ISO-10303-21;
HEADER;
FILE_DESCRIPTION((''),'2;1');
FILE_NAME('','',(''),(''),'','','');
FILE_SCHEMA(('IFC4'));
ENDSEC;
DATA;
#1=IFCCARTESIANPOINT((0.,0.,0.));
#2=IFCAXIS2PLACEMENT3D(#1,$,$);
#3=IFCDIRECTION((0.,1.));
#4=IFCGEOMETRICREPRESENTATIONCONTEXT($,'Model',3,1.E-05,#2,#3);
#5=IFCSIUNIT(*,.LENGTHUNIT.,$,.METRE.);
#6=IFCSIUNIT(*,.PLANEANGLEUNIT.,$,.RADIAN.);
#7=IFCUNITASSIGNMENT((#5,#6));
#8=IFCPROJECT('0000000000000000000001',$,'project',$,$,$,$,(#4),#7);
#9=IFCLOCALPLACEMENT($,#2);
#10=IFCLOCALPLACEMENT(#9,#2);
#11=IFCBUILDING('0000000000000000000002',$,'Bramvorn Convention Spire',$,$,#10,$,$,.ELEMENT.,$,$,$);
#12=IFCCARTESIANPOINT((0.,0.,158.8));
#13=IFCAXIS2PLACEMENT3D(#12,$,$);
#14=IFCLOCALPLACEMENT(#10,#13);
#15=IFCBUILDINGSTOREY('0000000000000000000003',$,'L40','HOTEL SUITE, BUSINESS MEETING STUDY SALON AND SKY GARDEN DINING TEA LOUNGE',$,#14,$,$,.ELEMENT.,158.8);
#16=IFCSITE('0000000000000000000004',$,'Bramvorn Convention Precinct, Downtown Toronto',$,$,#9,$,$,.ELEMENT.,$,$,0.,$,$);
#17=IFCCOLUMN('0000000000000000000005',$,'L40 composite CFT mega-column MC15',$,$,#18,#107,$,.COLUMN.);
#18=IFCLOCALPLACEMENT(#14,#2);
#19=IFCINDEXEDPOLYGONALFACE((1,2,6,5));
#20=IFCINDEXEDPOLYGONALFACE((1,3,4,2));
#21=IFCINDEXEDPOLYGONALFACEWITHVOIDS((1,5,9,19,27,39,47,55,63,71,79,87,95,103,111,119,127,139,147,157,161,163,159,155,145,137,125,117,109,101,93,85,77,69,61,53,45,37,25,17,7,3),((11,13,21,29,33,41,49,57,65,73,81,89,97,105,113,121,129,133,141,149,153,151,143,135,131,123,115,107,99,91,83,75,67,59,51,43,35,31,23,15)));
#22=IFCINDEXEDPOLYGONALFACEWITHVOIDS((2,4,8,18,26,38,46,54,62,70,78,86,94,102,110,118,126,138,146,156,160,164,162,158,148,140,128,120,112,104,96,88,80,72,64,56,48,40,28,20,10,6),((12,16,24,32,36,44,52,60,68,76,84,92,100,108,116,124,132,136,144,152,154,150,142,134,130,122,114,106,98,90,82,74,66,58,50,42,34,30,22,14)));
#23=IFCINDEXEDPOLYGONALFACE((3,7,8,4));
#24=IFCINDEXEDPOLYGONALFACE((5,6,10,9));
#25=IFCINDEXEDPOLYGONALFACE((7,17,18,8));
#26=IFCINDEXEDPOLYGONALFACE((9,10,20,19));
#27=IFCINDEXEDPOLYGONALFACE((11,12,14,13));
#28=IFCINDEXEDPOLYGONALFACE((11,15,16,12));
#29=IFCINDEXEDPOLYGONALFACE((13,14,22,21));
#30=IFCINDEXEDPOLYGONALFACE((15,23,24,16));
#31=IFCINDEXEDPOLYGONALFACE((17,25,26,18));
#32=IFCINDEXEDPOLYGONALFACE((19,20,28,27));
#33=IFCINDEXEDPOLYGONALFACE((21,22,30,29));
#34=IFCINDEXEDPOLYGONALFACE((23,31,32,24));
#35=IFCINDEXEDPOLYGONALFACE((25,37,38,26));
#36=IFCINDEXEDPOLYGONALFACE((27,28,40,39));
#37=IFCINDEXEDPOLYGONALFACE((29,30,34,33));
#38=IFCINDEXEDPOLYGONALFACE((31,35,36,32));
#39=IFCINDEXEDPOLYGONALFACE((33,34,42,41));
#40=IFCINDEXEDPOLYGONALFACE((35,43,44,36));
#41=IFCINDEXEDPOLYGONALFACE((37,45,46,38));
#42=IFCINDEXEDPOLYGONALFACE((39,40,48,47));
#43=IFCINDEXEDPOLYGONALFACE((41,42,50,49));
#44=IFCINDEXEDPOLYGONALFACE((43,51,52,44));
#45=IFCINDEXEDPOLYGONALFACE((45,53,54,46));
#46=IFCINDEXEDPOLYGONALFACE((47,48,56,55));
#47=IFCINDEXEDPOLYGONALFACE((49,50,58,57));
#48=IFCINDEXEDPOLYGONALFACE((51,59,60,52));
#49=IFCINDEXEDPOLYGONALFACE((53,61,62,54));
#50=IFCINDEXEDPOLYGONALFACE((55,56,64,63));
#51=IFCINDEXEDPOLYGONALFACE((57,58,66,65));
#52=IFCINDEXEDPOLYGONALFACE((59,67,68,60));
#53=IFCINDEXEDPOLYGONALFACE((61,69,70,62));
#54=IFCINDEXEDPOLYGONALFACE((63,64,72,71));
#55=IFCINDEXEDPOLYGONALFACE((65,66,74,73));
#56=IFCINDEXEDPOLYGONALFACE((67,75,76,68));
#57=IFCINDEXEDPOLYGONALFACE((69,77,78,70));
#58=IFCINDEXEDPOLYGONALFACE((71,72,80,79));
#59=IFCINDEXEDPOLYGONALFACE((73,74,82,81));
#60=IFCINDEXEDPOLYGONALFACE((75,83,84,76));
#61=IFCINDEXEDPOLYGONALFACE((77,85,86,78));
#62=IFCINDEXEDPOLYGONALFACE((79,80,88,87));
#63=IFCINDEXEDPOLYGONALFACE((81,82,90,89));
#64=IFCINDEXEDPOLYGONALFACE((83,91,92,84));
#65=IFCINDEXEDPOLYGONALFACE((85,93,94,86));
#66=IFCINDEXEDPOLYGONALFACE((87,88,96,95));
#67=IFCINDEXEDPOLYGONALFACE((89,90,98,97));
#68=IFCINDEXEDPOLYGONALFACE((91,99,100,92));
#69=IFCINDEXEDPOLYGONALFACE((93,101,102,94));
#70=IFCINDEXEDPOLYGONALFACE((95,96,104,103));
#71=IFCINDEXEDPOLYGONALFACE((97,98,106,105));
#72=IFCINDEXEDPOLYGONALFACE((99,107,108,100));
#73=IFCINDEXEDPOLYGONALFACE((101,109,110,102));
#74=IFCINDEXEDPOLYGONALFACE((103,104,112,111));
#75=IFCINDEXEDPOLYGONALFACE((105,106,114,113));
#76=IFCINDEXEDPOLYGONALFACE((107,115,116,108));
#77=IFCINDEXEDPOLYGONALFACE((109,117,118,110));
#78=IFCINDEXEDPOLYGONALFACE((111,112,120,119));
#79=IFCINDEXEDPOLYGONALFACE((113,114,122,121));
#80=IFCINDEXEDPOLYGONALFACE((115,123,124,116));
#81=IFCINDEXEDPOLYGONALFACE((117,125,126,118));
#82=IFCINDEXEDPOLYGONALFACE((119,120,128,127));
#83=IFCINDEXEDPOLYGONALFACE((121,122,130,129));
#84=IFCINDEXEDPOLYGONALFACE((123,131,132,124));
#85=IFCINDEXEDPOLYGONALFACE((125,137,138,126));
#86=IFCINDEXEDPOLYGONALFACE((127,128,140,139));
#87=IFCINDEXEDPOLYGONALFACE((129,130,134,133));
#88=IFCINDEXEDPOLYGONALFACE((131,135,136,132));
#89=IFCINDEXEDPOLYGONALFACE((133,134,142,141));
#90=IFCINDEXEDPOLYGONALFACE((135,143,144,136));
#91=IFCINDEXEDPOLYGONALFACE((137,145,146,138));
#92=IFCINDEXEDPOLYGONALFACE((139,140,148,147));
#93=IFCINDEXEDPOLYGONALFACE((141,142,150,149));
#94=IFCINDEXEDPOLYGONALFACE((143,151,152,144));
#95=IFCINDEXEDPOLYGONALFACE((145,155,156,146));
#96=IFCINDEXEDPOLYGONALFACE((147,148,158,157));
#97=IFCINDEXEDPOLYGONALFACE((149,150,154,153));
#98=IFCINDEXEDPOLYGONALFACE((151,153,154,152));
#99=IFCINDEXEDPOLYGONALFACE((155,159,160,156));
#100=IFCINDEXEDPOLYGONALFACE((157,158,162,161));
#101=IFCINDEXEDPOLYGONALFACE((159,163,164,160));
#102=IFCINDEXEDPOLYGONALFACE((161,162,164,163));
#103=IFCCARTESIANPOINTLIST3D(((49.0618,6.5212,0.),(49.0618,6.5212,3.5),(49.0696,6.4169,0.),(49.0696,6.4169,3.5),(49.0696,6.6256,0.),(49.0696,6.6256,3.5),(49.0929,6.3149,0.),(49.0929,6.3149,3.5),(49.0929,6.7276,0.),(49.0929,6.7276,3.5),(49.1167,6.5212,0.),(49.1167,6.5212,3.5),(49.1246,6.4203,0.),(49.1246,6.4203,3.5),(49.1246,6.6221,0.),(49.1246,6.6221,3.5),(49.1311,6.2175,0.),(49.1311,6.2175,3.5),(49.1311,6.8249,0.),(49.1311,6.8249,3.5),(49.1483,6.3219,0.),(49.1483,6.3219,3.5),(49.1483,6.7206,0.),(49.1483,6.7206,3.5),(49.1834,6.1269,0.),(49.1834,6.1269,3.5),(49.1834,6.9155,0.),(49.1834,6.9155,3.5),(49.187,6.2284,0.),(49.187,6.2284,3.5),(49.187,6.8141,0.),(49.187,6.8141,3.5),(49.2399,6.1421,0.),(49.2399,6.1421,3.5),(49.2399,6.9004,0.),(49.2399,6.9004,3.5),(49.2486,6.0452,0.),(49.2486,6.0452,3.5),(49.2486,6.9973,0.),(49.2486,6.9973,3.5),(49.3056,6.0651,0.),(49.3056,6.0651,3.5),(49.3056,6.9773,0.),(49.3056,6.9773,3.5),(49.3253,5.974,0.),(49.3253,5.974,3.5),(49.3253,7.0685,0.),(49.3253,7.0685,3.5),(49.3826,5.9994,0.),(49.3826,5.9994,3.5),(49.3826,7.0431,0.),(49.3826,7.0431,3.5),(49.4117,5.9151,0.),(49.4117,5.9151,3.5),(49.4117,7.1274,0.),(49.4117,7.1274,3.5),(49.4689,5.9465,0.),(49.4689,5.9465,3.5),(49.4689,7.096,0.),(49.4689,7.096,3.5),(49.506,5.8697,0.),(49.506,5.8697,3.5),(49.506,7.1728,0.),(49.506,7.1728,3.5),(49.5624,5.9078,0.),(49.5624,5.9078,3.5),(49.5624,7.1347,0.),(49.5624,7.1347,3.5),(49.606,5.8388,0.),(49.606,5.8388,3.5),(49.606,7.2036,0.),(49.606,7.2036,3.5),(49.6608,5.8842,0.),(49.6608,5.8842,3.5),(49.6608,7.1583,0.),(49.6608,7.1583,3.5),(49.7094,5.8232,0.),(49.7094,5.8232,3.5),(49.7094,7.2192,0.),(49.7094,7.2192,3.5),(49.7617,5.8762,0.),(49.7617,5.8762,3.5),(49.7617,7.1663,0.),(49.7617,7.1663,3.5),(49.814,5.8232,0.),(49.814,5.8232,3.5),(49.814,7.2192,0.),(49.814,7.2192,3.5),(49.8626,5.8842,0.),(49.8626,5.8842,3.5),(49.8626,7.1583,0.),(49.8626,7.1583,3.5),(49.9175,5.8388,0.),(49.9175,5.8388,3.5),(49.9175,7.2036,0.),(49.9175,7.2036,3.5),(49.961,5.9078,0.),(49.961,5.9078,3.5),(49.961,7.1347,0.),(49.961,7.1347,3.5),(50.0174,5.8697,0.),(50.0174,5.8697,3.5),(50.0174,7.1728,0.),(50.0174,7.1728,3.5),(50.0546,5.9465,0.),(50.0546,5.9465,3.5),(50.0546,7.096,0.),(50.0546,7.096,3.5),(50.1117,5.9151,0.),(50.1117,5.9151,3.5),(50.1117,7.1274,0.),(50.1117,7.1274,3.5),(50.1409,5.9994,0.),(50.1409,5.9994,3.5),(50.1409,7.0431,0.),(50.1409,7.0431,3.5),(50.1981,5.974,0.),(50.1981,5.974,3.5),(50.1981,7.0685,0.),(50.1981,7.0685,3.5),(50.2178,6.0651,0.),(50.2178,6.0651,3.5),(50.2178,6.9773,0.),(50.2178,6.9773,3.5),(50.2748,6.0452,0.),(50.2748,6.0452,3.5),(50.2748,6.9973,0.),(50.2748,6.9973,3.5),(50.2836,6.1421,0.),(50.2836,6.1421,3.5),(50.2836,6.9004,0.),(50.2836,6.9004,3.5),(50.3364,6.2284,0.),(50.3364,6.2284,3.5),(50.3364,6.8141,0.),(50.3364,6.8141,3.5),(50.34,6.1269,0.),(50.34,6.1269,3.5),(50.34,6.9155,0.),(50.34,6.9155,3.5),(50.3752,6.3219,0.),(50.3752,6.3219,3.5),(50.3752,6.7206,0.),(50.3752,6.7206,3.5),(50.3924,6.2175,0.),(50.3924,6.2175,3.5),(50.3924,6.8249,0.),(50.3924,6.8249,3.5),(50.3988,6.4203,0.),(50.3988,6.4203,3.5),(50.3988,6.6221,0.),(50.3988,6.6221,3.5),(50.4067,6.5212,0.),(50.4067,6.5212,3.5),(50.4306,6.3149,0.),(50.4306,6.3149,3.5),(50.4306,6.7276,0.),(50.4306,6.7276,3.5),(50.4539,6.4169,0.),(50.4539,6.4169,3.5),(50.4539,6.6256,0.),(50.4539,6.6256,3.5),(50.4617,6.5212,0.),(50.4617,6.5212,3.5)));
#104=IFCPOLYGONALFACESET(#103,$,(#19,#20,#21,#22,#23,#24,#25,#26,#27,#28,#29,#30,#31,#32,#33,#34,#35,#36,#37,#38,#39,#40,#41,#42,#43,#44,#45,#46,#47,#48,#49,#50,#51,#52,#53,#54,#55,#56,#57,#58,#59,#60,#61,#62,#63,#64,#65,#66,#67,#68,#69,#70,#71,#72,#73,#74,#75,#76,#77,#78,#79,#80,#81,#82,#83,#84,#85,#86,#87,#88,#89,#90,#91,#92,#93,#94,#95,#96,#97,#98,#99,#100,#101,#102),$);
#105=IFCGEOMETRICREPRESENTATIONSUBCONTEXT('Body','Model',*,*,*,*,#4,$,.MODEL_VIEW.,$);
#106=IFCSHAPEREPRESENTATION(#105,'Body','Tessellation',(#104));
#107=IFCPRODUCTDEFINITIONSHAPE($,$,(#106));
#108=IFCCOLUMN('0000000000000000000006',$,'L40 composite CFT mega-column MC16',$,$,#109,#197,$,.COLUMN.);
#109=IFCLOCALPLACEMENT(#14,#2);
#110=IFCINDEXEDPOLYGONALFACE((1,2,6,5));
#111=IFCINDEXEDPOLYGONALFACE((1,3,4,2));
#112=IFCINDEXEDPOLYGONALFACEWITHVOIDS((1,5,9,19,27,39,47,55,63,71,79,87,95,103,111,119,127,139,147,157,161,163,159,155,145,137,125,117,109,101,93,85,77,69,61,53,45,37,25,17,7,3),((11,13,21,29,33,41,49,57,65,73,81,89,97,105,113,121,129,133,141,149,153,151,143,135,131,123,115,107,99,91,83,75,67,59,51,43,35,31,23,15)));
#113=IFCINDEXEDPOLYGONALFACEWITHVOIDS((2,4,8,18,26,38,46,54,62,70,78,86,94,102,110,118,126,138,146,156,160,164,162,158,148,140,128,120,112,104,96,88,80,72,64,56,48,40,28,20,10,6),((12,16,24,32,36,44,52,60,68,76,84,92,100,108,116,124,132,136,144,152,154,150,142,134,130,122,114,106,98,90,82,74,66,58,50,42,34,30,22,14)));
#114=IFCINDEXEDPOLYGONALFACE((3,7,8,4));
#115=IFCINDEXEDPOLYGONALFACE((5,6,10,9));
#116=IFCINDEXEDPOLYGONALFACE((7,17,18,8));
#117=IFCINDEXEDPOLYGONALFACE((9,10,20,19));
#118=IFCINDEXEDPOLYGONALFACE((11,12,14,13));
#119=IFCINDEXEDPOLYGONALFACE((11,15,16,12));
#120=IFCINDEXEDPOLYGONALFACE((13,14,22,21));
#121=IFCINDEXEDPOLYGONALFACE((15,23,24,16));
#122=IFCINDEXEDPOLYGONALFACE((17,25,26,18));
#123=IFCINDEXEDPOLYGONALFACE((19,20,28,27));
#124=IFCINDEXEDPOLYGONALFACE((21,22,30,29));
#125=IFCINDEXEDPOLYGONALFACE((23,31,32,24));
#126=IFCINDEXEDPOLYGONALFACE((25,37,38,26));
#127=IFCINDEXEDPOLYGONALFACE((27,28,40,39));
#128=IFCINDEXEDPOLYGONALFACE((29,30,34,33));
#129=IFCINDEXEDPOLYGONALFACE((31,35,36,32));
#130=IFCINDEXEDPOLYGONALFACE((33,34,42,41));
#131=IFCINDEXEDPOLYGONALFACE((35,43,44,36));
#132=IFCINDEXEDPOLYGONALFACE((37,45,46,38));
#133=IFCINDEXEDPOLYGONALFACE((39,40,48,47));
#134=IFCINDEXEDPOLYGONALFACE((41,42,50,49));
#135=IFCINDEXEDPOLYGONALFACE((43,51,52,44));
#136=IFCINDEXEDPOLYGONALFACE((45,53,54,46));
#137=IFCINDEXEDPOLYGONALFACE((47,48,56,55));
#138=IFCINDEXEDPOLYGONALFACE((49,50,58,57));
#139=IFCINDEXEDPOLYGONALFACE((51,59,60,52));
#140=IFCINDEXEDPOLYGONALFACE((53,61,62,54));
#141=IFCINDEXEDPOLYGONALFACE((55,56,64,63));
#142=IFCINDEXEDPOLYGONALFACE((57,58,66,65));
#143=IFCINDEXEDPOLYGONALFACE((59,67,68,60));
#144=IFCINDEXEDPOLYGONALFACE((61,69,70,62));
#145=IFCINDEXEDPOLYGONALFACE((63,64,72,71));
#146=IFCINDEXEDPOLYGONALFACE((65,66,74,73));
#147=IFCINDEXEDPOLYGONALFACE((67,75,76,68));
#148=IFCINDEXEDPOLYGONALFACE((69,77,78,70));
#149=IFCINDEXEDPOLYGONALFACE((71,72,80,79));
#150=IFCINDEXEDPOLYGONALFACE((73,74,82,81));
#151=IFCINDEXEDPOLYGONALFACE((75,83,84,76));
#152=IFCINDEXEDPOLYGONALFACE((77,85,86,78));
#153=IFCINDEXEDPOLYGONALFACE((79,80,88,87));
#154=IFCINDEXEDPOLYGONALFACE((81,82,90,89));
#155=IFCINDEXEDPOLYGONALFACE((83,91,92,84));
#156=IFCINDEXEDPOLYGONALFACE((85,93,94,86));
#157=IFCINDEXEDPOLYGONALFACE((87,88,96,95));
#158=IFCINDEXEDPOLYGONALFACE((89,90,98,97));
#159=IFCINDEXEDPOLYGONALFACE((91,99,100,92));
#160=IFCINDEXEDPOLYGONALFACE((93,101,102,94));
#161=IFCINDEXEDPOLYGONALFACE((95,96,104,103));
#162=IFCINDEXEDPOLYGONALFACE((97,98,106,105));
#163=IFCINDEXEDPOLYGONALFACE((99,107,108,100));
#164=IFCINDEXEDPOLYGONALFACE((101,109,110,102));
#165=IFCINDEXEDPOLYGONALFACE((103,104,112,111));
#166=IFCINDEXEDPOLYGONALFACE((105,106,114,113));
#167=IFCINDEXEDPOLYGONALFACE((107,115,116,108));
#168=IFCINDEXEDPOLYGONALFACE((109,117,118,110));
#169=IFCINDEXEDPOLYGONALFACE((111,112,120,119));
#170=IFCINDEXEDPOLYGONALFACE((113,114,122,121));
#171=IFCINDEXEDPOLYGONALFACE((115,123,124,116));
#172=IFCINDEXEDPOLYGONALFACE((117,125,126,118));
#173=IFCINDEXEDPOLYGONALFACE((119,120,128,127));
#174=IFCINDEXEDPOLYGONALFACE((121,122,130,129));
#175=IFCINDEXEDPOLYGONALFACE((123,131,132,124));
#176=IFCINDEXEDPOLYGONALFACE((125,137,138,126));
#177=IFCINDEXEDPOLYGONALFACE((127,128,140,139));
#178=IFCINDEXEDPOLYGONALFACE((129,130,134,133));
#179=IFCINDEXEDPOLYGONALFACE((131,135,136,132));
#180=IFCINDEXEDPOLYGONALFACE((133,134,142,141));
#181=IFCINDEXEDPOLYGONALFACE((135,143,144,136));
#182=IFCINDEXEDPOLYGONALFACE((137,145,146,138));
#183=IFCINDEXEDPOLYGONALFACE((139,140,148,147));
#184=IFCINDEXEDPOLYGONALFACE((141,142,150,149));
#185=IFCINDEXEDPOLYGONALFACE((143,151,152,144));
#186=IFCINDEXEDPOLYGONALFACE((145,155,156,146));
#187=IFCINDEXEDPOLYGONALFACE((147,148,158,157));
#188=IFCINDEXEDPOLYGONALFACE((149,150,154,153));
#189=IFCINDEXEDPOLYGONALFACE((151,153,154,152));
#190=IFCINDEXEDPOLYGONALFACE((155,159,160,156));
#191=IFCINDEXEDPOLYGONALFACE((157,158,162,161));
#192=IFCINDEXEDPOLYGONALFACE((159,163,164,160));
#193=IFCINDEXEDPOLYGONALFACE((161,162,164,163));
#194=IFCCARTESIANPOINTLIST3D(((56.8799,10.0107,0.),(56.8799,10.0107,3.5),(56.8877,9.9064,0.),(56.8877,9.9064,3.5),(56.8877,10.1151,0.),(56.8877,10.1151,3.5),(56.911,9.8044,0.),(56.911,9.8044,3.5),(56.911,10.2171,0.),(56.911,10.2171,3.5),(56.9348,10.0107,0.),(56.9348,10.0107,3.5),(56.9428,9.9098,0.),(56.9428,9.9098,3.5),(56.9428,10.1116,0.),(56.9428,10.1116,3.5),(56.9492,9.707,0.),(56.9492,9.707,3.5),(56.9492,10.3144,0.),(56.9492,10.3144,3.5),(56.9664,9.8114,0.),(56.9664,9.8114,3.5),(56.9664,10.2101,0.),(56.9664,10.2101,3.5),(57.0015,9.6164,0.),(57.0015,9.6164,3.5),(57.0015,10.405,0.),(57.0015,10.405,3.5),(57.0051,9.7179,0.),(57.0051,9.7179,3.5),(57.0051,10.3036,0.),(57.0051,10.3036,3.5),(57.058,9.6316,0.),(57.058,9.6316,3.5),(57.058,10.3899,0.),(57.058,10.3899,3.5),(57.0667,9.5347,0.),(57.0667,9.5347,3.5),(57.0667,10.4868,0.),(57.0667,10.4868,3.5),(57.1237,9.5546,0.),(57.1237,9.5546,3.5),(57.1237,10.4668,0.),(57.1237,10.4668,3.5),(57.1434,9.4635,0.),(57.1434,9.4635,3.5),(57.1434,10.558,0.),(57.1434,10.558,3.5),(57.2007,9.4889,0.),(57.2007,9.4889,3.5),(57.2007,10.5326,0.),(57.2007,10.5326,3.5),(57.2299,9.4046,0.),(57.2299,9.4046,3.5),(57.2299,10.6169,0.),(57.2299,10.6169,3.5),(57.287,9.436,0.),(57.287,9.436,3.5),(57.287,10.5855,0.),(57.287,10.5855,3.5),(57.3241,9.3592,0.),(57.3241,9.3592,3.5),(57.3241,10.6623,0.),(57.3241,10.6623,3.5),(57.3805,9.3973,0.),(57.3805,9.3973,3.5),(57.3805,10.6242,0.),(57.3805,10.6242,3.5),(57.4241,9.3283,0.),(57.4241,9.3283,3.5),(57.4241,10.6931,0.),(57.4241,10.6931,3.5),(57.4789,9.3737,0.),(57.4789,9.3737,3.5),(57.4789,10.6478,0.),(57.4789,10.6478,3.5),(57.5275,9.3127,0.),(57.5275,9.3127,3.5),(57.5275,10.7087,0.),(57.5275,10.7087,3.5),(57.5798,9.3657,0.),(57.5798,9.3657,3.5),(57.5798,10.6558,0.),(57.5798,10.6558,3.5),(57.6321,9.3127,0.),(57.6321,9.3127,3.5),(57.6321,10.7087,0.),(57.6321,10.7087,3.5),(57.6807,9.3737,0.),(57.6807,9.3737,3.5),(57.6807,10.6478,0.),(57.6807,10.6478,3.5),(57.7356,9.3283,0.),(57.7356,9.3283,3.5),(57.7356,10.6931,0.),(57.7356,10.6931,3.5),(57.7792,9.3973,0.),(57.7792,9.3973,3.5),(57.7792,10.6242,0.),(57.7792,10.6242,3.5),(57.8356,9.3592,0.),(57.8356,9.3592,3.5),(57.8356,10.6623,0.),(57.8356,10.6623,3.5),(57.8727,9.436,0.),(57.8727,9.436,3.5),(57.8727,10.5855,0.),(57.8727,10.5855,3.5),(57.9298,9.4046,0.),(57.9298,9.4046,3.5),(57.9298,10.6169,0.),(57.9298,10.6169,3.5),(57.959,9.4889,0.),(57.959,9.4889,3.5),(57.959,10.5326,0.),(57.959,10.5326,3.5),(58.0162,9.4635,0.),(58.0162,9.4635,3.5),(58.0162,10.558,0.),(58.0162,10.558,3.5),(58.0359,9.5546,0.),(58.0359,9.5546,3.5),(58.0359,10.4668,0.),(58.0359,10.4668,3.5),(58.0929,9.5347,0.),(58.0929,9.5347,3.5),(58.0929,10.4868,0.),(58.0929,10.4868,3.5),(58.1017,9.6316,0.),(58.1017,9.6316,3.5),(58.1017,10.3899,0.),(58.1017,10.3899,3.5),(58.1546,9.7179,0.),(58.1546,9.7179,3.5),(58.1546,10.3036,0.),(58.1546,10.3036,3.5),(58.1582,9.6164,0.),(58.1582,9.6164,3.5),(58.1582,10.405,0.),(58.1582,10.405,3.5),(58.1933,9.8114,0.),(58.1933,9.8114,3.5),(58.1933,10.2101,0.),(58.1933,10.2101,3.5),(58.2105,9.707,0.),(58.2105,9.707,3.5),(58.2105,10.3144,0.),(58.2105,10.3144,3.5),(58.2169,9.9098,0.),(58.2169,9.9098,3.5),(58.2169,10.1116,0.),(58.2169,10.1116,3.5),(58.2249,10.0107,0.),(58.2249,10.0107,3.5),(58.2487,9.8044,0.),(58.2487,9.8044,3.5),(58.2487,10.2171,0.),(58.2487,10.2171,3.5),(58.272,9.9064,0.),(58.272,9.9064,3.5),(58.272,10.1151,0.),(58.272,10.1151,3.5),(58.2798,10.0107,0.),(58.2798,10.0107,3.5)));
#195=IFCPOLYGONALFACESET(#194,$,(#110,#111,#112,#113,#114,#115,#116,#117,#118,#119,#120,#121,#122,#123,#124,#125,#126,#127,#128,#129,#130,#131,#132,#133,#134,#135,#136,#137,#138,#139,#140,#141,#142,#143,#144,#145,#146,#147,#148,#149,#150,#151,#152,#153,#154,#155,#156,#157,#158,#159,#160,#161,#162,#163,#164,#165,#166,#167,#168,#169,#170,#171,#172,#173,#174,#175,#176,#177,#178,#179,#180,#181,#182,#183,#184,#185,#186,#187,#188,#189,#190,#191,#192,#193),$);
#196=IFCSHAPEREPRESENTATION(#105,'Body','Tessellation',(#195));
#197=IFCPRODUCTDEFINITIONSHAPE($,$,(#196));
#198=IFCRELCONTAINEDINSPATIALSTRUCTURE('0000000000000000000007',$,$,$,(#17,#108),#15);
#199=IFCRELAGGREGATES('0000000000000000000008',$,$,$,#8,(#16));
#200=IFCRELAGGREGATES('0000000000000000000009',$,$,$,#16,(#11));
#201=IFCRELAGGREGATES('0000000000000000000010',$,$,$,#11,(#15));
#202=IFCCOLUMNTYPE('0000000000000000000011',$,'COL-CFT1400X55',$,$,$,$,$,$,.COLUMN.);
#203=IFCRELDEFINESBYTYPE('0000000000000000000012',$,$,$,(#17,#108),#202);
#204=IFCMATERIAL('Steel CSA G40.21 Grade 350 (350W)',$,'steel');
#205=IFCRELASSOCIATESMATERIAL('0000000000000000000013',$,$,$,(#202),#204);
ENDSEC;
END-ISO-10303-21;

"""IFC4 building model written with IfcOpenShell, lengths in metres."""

from ifc_helpers import new_model, si_unit, direction, frame, origin, origin_2d, place, context, subcontext, project, spatial, hollow_circle, extrude, material, material_profile, profile_set, type_object, element, save


model = new_model("IFC4")

# Units and contexts
model_context = context("Model", 3, precision=1e-05, world=origin(), true_north=direction((0.0, 1.0)))
body_context = subcontext(model_context, "Body", "Model", "MODEL_VIEW")
ifc_project = project(units=[si_unit("LENGTHUNIT", "METRE"), si_unit("PLANEANGLEUNIT", "RADIAN")], contexts=[model_context])

# Site, building, storey
site_placement = place(None, origin())
site = spatial("IfcSite", under=ifc_project, at=site_placement, Name="Bramvorn Convention Precinct, Downtown Toronto", CompositionType="ELEMENT", RefElevation=0.0)
building_placement = place(site_placement, origin())
building = spatial("IfcBuilding", under=site, at=building_placement, Name="Bramvorn Convention Spire", CompositionType="ELEMENT")
storey_placement = place(building_placement, frame((0.0, 0.0, 158.8)))
storey = spatial("IfcBuildingStorey", under=building, at=storey_placement, Name="L40", Description="HOTEL SUITE, BUSINESS MEETING STUDY SALON AND SKY GARDEN DINING TEA LOUNGE", CompositionType="ELEMENT", Elevation=158.8)

# Columns
ifc_material_1 = material(Name="Steel CSA G40.21 Grade 350 (350W)", Category="steel")
ifc_material_profile_1 = material_profile(ifc_material_1, hollow_circle(Radius=0.7, WallThickness=0.0549, at=origin_2d()))
ifc_profile_set_1 = profile_set([ifc_material_profile_1], Name="Steel CSA G40.21 Grade 350 (350W) - CFT1400X55")
column_type = type_object("IfcColumnType", Name="COL-CFT1400X55", PredefinedType="COLUMN", material=ifc_profile_set_1)
for number, where, z_axis, x_axis, name in (
    (1, (49.7617, 6.5212, 0.0), (0.0, 0.0, 1.0), (1.0, 0.0, 0.0), "L40 composite CFT mega-column MC15"),
    (2, (57.5798, 10.0107, 0.0), (0.0, 0.0, 1.0), (1.0, 0.0, 0.0), "L40 composite CFT mega-column MC16"),
):
    element("IfcColumn", number, at=place(storey_placement, frame(where, z_axis=z_axis, x_axis=x_axis)), inside=storey, type_object=column_type, Name=name, PredefinedType="COLUMN", context=body_context, shape_type="SweptSolid", body=[
        extrude(hollow_circle(Radius=0.7, WallThickness=0.0549, at=origin_2d()), origin(), (0.0, 0.0, 1.0), 3.5),
    ])

save(model, "model.ifc")
